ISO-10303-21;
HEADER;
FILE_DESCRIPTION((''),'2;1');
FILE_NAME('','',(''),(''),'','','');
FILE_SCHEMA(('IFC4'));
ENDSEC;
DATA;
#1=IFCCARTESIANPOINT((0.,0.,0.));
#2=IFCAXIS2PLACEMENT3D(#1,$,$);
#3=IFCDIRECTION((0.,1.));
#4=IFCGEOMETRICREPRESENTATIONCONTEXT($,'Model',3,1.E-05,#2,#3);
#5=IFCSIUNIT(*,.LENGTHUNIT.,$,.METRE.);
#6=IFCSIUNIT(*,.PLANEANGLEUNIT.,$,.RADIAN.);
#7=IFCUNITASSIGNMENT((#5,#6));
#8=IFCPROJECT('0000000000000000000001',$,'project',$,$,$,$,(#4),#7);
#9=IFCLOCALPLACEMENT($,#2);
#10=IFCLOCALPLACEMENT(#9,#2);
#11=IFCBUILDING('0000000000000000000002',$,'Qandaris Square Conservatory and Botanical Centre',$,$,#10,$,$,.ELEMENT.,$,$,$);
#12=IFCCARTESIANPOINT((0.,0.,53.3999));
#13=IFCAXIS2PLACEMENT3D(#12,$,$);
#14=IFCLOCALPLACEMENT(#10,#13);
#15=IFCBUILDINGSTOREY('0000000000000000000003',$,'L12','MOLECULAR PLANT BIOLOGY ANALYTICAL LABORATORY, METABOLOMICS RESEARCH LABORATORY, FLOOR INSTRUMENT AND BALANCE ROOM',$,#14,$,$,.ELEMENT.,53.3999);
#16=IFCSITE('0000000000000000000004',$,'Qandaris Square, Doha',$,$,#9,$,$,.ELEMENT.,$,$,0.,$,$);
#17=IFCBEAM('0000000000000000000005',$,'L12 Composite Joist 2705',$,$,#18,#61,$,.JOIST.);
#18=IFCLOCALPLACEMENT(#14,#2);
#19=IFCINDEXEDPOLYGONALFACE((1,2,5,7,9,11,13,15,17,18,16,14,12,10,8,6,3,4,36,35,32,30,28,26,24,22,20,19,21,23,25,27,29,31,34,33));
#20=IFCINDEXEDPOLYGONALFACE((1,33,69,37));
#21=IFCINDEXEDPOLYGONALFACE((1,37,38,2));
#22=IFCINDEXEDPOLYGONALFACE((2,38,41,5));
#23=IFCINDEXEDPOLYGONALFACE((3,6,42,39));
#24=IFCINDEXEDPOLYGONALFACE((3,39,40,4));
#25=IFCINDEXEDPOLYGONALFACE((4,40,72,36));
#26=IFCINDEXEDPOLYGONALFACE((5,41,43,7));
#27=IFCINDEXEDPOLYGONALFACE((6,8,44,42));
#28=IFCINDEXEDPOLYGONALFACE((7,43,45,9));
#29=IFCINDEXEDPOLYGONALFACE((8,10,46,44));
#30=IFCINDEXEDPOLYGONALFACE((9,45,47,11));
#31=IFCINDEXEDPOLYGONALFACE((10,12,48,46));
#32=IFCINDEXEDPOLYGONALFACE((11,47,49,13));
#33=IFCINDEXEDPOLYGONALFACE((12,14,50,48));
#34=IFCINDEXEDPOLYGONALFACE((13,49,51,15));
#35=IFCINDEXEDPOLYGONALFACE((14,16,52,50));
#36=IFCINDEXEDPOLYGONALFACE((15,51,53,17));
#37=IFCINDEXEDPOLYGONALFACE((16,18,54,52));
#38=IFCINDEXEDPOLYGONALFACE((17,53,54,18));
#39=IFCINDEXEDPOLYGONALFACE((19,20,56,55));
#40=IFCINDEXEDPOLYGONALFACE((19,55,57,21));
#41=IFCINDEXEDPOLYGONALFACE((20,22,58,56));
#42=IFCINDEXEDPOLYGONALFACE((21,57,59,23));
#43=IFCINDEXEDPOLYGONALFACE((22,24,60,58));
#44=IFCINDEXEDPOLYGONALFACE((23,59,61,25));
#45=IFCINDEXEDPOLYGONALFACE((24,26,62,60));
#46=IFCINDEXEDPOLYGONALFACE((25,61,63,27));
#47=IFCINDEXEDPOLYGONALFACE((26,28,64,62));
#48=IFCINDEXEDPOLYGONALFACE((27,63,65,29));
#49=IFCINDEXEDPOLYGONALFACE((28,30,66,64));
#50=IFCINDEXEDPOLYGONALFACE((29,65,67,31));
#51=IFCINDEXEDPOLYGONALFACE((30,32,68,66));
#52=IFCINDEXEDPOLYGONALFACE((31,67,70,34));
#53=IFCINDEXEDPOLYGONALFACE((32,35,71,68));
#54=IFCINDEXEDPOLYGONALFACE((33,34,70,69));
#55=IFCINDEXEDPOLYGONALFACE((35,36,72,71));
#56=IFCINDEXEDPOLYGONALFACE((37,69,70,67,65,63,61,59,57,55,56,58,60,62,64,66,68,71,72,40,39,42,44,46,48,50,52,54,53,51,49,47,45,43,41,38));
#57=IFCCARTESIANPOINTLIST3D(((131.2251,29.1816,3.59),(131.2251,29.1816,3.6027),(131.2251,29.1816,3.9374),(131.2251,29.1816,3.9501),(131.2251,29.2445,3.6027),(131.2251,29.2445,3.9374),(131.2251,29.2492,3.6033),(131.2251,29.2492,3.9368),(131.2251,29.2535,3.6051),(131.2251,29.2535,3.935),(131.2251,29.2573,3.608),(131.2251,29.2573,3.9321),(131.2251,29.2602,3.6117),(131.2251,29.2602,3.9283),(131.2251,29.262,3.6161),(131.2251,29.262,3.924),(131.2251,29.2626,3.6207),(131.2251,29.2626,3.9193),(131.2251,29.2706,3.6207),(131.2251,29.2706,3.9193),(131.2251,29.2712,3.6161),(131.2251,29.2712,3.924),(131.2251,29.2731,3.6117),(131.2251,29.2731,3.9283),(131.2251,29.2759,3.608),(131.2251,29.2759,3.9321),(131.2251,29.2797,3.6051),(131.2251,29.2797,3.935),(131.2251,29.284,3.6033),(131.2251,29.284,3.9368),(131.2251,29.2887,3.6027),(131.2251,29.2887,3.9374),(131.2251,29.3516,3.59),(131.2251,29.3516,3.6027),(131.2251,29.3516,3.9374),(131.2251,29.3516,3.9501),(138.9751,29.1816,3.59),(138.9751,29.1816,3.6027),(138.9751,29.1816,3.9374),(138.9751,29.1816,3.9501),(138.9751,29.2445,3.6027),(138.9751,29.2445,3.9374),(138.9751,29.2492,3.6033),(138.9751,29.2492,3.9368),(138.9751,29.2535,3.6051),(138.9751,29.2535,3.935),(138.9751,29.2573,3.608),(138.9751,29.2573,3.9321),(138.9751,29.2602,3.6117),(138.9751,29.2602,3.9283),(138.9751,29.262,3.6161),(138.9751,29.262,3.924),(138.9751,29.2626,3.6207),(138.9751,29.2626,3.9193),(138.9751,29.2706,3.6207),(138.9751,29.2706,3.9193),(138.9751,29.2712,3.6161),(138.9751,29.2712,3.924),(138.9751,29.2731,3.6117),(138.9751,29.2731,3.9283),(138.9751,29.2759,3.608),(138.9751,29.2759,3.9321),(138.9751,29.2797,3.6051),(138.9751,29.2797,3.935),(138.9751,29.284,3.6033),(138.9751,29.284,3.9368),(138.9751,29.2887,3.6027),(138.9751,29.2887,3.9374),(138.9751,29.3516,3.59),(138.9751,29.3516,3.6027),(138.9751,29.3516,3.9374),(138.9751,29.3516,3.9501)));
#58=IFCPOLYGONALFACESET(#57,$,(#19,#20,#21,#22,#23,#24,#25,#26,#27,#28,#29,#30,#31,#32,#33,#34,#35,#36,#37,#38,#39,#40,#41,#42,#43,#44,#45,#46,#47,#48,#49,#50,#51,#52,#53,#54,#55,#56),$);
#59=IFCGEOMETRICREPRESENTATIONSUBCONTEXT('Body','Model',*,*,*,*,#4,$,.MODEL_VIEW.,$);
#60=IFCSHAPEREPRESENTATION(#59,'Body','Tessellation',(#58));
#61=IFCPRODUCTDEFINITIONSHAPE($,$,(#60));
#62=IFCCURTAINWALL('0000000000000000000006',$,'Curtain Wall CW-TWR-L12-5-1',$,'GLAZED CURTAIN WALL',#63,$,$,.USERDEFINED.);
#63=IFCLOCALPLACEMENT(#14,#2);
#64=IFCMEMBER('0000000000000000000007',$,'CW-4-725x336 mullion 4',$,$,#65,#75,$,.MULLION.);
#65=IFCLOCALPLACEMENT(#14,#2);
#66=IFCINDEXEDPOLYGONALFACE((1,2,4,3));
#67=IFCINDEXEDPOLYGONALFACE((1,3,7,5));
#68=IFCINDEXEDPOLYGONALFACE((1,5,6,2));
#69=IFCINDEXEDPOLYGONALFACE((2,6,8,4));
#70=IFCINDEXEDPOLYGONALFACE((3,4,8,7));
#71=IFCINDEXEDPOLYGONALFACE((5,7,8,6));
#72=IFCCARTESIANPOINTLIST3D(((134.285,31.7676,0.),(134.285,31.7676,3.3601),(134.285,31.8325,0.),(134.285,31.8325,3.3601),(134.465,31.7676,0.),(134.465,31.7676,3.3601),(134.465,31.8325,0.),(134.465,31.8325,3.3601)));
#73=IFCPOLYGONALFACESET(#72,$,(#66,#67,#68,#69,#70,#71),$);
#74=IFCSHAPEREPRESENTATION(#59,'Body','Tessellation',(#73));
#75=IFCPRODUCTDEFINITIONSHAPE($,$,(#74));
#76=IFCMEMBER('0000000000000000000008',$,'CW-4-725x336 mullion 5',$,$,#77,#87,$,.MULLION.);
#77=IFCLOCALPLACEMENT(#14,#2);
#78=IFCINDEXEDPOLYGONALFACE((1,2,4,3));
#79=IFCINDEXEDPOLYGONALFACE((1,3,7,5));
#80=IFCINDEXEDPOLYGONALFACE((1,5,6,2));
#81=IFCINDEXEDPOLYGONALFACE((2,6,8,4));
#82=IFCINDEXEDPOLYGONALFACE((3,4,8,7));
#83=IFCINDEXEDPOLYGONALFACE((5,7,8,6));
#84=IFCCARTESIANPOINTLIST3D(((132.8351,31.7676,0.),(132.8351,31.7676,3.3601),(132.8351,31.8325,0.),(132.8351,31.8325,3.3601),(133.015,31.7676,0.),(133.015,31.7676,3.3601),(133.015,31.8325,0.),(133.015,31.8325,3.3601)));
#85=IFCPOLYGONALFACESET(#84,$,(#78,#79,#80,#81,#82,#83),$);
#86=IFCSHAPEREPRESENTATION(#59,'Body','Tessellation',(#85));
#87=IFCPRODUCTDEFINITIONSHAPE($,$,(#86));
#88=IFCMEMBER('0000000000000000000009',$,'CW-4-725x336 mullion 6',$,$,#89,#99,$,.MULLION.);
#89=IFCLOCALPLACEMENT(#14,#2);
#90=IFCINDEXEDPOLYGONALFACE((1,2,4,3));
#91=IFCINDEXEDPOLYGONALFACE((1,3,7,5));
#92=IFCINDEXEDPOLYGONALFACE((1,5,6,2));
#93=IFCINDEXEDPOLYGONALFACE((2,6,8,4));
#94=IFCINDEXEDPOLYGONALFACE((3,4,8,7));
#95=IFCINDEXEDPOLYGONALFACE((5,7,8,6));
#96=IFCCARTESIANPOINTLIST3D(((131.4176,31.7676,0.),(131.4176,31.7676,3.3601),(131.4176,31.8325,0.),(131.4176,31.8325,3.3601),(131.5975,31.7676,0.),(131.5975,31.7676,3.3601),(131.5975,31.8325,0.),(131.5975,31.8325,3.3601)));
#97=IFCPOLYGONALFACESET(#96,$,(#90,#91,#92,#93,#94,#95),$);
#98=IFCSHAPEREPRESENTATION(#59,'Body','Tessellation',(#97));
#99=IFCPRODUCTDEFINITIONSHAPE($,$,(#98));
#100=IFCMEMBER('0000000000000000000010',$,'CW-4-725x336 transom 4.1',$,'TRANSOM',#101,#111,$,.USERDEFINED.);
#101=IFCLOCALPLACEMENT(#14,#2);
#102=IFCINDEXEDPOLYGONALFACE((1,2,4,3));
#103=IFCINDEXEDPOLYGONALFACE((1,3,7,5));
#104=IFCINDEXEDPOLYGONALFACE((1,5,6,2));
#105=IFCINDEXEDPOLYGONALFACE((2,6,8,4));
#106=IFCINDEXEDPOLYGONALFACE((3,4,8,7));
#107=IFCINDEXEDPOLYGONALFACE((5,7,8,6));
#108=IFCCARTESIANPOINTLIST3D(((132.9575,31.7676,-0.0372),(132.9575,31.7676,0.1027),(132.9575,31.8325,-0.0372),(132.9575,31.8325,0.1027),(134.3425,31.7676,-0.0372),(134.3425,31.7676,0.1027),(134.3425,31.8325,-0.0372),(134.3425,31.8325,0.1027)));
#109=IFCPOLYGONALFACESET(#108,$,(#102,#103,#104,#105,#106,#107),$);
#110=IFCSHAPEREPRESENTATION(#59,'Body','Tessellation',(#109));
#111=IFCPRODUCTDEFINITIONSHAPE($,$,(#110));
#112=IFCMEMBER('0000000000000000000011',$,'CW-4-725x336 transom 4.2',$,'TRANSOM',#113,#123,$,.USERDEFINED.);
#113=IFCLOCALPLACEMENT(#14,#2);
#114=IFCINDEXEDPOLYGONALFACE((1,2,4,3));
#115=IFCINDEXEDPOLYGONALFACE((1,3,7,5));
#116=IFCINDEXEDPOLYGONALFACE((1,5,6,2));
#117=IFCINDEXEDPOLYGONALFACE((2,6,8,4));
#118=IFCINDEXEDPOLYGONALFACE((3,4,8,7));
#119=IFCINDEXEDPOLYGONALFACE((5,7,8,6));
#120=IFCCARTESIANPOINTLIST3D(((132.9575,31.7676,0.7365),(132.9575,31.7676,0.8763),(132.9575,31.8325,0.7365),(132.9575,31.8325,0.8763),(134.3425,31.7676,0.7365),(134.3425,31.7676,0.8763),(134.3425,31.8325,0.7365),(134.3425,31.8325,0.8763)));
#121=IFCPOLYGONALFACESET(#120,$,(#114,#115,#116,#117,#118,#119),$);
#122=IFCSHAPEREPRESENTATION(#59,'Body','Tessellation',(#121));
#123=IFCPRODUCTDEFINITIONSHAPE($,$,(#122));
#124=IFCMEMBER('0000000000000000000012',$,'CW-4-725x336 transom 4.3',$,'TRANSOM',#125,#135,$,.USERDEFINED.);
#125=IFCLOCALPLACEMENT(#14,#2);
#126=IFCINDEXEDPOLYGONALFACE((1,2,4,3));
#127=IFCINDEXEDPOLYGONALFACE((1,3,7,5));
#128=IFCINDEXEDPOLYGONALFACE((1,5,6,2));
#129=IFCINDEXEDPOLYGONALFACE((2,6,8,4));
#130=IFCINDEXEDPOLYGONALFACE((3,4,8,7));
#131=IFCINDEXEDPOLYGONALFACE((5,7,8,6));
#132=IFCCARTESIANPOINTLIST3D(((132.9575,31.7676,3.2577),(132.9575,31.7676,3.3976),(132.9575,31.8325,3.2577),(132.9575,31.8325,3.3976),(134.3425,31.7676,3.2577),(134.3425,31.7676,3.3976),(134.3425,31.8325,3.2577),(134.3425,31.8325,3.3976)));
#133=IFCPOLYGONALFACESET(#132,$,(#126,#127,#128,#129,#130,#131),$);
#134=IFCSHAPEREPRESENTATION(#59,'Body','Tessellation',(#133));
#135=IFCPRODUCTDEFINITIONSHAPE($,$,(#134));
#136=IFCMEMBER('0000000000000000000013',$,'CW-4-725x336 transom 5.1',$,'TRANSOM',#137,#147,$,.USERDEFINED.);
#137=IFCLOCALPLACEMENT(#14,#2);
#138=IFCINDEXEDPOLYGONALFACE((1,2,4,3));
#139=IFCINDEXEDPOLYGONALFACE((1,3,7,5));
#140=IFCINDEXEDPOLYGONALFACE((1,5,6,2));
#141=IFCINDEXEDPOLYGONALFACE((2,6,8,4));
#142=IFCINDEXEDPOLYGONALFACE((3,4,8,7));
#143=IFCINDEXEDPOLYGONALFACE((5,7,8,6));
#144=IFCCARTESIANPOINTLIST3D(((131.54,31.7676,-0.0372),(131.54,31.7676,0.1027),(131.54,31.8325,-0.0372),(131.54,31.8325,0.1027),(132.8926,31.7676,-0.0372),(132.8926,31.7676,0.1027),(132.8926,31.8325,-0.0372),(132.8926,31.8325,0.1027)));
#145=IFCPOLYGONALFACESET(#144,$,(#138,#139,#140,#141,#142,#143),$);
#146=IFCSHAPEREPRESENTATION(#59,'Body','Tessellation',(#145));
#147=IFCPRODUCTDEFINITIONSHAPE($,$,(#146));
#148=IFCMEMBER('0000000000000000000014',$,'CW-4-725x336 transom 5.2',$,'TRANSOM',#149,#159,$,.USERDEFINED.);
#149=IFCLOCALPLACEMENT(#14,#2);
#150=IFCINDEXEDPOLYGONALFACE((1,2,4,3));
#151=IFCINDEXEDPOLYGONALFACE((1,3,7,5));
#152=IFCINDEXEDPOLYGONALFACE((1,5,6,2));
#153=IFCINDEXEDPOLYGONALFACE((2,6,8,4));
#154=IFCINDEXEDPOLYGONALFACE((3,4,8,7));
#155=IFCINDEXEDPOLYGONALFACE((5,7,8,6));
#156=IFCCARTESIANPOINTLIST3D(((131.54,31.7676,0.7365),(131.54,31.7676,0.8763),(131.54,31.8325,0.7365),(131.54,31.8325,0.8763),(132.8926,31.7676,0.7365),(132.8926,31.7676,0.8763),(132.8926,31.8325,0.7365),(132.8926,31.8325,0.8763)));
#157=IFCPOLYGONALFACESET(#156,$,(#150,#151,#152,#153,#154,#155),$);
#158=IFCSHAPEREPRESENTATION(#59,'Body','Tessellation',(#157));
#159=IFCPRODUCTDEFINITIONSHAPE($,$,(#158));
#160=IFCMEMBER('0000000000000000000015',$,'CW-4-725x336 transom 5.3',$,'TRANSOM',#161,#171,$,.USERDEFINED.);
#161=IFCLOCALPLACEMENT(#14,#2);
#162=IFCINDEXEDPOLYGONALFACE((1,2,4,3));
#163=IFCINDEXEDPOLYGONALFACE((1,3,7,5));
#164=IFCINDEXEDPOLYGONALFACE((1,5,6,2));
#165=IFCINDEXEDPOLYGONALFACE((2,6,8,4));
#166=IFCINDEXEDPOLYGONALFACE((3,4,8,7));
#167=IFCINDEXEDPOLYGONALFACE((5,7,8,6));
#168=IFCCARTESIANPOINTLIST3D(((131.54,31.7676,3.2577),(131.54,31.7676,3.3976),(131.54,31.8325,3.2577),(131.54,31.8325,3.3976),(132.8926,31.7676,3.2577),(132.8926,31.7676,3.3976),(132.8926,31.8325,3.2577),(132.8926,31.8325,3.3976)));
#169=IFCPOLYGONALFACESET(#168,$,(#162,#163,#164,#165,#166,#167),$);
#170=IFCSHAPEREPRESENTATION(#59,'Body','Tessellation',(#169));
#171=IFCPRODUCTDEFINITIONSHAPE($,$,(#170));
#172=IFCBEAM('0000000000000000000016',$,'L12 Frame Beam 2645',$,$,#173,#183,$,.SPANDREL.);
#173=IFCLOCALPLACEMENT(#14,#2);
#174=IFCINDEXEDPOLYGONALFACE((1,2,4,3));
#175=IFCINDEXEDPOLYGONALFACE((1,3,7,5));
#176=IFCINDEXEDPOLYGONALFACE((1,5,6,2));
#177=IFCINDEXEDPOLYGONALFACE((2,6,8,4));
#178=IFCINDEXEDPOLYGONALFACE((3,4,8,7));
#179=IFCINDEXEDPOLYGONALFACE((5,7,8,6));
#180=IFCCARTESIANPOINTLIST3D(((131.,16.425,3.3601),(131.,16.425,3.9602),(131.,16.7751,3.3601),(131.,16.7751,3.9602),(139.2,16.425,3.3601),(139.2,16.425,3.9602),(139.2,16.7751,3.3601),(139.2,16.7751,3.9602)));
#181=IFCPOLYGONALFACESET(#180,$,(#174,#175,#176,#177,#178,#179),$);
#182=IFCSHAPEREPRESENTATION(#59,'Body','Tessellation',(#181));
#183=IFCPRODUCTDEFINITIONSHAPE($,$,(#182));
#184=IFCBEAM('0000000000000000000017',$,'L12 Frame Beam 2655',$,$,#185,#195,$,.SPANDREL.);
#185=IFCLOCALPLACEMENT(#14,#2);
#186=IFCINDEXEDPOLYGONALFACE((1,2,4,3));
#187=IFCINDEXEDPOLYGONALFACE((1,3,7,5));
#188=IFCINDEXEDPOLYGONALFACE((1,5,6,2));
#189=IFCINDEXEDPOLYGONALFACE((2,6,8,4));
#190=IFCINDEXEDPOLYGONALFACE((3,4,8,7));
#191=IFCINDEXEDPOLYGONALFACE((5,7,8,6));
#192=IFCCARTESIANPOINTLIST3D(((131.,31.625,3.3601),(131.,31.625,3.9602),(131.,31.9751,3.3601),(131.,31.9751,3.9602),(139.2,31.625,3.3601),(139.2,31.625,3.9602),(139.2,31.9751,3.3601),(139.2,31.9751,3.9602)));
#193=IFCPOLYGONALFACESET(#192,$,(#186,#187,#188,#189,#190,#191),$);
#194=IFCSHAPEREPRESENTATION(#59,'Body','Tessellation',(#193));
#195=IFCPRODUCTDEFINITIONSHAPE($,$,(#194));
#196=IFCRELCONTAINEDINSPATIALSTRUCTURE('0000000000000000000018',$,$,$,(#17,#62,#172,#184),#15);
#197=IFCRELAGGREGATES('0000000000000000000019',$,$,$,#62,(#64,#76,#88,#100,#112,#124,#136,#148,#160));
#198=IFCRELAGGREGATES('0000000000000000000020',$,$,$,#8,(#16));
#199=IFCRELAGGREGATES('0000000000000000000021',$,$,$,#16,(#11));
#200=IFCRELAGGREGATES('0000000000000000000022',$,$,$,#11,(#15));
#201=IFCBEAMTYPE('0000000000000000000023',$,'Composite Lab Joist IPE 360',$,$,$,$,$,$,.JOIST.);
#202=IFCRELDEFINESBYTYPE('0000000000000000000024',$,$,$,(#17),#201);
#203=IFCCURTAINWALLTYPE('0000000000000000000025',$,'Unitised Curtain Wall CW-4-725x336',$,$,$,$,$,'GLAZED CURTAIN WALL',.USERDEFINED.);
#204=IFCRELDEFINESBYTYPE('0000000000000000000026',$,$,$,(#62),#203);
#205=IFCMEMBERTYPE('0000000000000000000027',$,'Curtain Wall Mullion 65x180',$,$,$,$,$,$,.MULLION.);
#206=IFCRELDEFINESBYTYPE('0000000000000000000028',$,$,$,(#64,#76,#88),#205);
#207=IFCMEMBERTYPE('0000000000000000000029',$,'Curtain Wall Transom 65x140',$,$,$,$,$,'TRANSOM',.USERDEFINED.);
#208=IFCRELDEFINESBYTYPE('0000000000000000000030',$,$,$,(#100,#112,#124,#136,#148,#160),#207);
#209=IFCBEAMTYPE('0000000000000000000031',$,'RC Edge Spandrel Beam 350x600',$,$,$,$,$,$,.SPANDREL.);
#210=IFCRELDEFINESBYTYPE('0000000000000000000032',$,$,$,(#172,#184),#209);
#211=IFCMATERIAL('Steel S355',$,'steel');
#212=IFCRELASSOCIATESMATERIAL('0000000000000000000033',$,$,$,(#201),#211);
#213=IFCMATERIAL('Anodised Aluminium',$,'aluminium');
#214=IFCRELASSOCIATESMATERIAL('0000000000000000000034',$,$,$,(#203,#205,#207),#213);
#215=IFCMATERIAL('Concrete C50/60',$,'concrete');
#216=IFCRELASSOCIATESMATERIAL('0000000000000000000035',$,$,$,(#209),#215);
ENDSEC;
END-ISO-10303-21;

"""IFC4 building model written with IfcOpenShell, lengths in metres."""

from ifc_helpers import new_model, si_unit, direction, frame, origin, origin_2d, place, context, subcontext, project, spatial, rectangle, i_section, extrude, material, material_profile, profile_set, type_object, element, aggregate, save


model = new_model("IFC4")

# Units and contexts
model_context = context("Model", 3, precision=1e-05, world=origin(), true_north=direction((0.0, 1.0)))
body_context = subcontext(model_context, "Body", "Model", "MODEL_VIEW")
ifc_project = project(units=[si_unit("LENGTHUNIT", "METRE"), si_unit("PLANEANGLEUNIT", "RADIAN")], contexts=[model_context])

# Site, building, storey
site_placement = place(None, origin())
site = spatial("IfcSite", under=ifc_project, at=site_placement, Name="Qandaris Square, Doha", CompositionType="ELEMENT", RefElevation=0.0)
building_placement = place(site_placement, origin())
building = spatial("IfcBuilding", under=site, at=building_placement, Name="Qandaris Square Conservatory and Botanical Centre", CompositionType="ELEMENT")
storey_placement = place(building_placement, frame((0.0, 0.0, 53.3999)))
storey = spatial("IfcBuildingStorey", under=building, at=storey_placement, Name="L12", Description="MOLECULAR PLANT BIOLOGY ANALYTICAL LABORATORY, METABOLOMICS RESEARCH LABORATORY, FLOOR INSTRUMENT AND BALANCE ROOM", CompositionType="ELEMENT", Elevation=53.3999)

# Shared definitions
ifc_material_1 = material(Name="Concrete C50/60", Category="concrete")

# Beam
ifc_material_2 = material(Name="Steel S355", Category="steel")
ifc_material_profile_1 = material_profile(ifc_material_2, i_section(OverallWidth=0.1699, OverallDepth=0.3601, WebThickness=0.0081, FlangeThickness=0.0127, FilletRadius=0.0181, at=origin_2d()), Name="IPE 360")
ifc_profile_set_1 = profile_set([ifc_material_profile_1], Name="Steel S355")
beam_type_1 = type_object("IfcBeamType", Name="Composite Lab Joist IPE 360", PredefinedType="JOIST", material=ifc_profile_set_1)
beam_1_placement = place(storey_placement, frame((131.2251, 29.2666, 3.77), z_axis=(1.0, 0.0, 0.0), x_axis=(0.0, 1.0, 0.0)))
element("IfcBeam", 1, at=beam_1_placement, inside=storey, type_object=beam_type_1, Name="L12 Composite Joist 2705", PredefinedType="JOIST", context=body_context, shape_type="SweptSolid", body=[
    extrude(i_section(OverallWidth=0.1699, OverallDepth=0.3601, WebThickness=0.0081, FlangeThickness=0.0127, FilletRadius=0.0181, at=origin_2d()), origin(), (0.0, 0.0, 1.0), 7.75),
])

# Curtain wall, members
ifc_material_3 = material(Name="Anodised Aluminium", Category="aluminium")
curtain_wall_type = type_object("IfcCurtainWallType", Name="Unitised Curtain Wall CW-4-725x336", ElementType="GLAZED CURTAIN WALL", PredefinedType="USERDEFINED", material=ifc_material_3)
curtain_wall_placement = place(storey_placement, origin())
curtain_wall = element("IfcCurtainWall", 2, at=curtain_wall_placement, inside=storey, type_object=curtain_wall_type, Name="Curtain Wall CW-TWR-L12-5-1", ObjectType="GLAZED CURTAIN WALL", PredefinedType="USERDEFINED")
ifc_material_profile_2 = material_profile(ifc_material_3, rectangle(XDim=0.0649, YDim=0.1799, at=origin_2d()), Name="ALU-MUL 65x180")
ifc_profile_set_2 = profile_set([ifc_material_profile_2], Name="Anodised Aluminium")
member_type_1 = type_object("IfcMemberType", Name="Curtain Wall Mullion 65x180", PredefinedType="MULLION", material=ifc_profile_set_2)
member_1_placement = place(storey_placement, frame((134.375, 31.8, 0.0), z_axis=(0.0, 0.0, 1.0), x_axis=(0.0, -1.0, 0.0)))
member_1 = element("IfcMember", 3, at=member_1_placement, type_object=member_type_1, Name="CW-4-725x336 mullion 4", PredefinedType="MULLION", context=body_context, shape_type="SweptSolid", body=[
    extrude(rectangle(XDim=0.0649, YDim=0.1799, at=origin_2d()), origin(), (0.0, 0.0, 1.0), 3.3601),
])
member_2_placement = place(storey_placement, frame((132.925, 31.8, 0.0), z_axis=(0.0, 0.0, 1.0), x_axis=(0.0, -1.0, 0.0)))
member_2 = element("IfcMember", 4, at=member_2_placement, type_object=member_type_1, Name="CW-4-725x336 mullion 5", PredefinedType="MULLION", context=body_context, shape_type="SweptSolid", body=[
    extrude(rectangle(XDim=0.0649, YDim=0.1799, at=origin_2d()), origin(), (0.0, 0.0, 1.0), 3.3601),
])
member_3_placement = place(storey_placement, frame((131.5076, 31.8, 0.0), z_axis=(0.0, 0.0, 1.0), x_axis=(0.0, -1.0, 0.0)))
member_3 = element("IfcMember", 5, at=member_3_placement, type_object=member_type_1, Name="CW-4-725x336 mullion 6", PredefinedType="MULLION", context=body_context, shape_type="SweptSolid", body=[
    extrude(rectangle(XDim=0.0649, YDim=0.1799, at=origin_2d()), origin(), (0.0, 0.0, 1.0), 3.3601),
])
ifc_material_profile_3 = material_profile(ifc_material_3, rectangle(XDim=0.0649, YDim=0.1399, at=origin_2d()), Name="ALU-TRN 65x140")
ifc_profile_set_3 = profile_set([ifc_material_profile_3], Name="Anodised Aluminium")
member_type_2 = type_object("IfcMemberType", Name="Curtain Wall Transom 65x140", ElementType="TRANSOM", PredefinedType="USERDEFINED", material=ifc_profile_set_3)
member_4_placement = place(storey_placement, frame((134.3425, 31.8, 0.0327), z_axis=(-1.0, 0.0, 0.0), x_axis=(0.0, -1.0, 0.0)))
member_4 = element("IfcMember", 6, at=member_4_placement, type_object=member_type_2, Name="CW-4-725x336 transom 4.1", ObjectType="TRANSOM", PredefinedType="USERDEFINED", context=body_context, shape_type="SweptSolid", body=[
    extrude(rectangle(XDim=0.0649, YDim=0.1399, at=origin_2d()), origin(), (0.0, 0.0, 1.0), 1.385),
])
member_5_placement = place(storey_placement, frame((134.3425, 31.8, 0.8064), z_axis=(-1.0, 0.0, 0.0), x_axis=(0.0, -1.0, 0.0)))
member_5 = element("IfcMember", 7, at=member_5_placement, type_object=member_type_2, Name="CW-4-725x336 transom 4.2", ObjectType="TRANSOM", PredefinedType="USERDEFINED", context=body_context, shape_type="SweptSolid", body=[
    extrude(rectangle(XDim=0.0649, YDim=0.1399, at=origin_2d()), origin(), (0.0, 0.0, 1.0), 1.385),
])
member_6_placement = place(storey_placement, frame((134.3425, 31.8, 3.3276), z_axis=(-1.0, 0.0, 0.0), x_axis=(0.0, -1.0, 0.0)))
member_6 = element("IfcMember", 8, at=member_6_placement, type_object=member_type_2, Name="CW-4-725x336 transom 4.3", ObjectType="TRANSOM", PredefinedType="USERDEFINED", context=body_context, shape_type="SweptSolid", body=[
    extrude(rectangle(XDim=0.0649, YDim=0.1399, at=origin_2d()), origin(), (0.0, 0.0, 1.0), 1.385),
])
member_7_placement = place(storey_placement, frame((132.8926, 31.8, 0.0327), z_axis=(-1.0, 0.0, 0.0), x_axis=(0.0, -1.0, 0.0)))
member_7 = element("IfcMember", 9, at=member_7_placement, type_object=member_type_2, Name="CW-4-725x336 transom 5.1", ObjectType="TRANSOM", PredefinedType="USERDEFINED", context=body_context, shape_type="SweptSolid", body=[
    extrude(rectangle(XDim=0.0649, YDim=0.1399, at=origin_2d()), origin(), (0.0, 0.0, 1.0), 1.3525),
])
member_8_placement = place(storey_placement, frame((132.8926, 31.8, 0.8064), z_axis=(-1.0, 0.0, 0.0), x_axis=(0.0, -1.0, 0.0)))
member_8 = element("IfcMember", 10, at=member_8_placement, type_object=member_type_2, Name="CW-4-725x336 transom 5.2", ObjectType="TRANSOM", PredefinedType="USERDEFINED", context=body_context, shape_type="SweptSolid", body=[
    extrude(rectangle(XDim=0.0649, YDim=0.1399, at=origin_2d()), origin(), (0.0, 0.0, 1.0), 1.3525),
])
member_9_placement = place(storey_placement, frame((132.8926, 31.8, 3.3276), z_axis=(-1.0, 0.0, 0.0), x_axis=(0.0, -1.0, 0.0)))
member_9 = element("IfcMember", 11, at=member_9_placement, type_object=member_type_2, Name="CW-4-725x336 transom 5.3", ObjectType="TRANSOM", PredefinedType="USERDEFINED", context=body_context, shape_type="SweptSolid", body=[
    extrude(rectangle(XDim=0.0649, YDim=0.1399, at=origin_2d()), origin(), (0.0, 0.0, 1.0), 1.3525),
])

# Beams
ifc_material_profile_4 = material_profile(ifc_material_1, rectangle(XDim=0.3501, YDim=0.6001, at=origin_2d()), Name="RC-SP 350x600")
ifc_profile_set_4 = profile_set([ifc_material_profile_4], Name="Concrete C50/60")
beam_type_2 = type_object("IfcBeamType", Name="RC Edge Spandrel Beam 350x600", PredefinedType="SPANDREL", material=ifc_profile_set_4)
for number, where, z_axis, x_axis, name in (
    (12, (131.0, 16.6001, 3.6602), (1.0, 0.0, 0.0), (0.0, 1.0, 0.0), "L12 Frame Beam 2645"),
    (13, (131.0, 31.8, 3.6602), (1.0, 0.0, 0.0), (0.0, 1.0, 0.0), "L12 Frame Beam 2655"),
):
    element("IfcBeam", number, at=place(storey_placement, frame(where, z_axis=z_axis, x_axis=x_axis)), inside=storey, type_object=beam_type_2, Name=name, PredefinedType="SPANDREL", context=body_context, shape_type="SweptSolid", body=[
        extrude(rectangle(XDim=0.3501, YDim=0.6001, at=origin_2d()), origin(), (0.0, 0.0, 1.0), 8.2),
    ])

aggregate(curtain_wall, [member_1, member_2, member_3, member_4, member_5, member_6, member_7, member_8, member_9])

save(model, "model.ifc")
